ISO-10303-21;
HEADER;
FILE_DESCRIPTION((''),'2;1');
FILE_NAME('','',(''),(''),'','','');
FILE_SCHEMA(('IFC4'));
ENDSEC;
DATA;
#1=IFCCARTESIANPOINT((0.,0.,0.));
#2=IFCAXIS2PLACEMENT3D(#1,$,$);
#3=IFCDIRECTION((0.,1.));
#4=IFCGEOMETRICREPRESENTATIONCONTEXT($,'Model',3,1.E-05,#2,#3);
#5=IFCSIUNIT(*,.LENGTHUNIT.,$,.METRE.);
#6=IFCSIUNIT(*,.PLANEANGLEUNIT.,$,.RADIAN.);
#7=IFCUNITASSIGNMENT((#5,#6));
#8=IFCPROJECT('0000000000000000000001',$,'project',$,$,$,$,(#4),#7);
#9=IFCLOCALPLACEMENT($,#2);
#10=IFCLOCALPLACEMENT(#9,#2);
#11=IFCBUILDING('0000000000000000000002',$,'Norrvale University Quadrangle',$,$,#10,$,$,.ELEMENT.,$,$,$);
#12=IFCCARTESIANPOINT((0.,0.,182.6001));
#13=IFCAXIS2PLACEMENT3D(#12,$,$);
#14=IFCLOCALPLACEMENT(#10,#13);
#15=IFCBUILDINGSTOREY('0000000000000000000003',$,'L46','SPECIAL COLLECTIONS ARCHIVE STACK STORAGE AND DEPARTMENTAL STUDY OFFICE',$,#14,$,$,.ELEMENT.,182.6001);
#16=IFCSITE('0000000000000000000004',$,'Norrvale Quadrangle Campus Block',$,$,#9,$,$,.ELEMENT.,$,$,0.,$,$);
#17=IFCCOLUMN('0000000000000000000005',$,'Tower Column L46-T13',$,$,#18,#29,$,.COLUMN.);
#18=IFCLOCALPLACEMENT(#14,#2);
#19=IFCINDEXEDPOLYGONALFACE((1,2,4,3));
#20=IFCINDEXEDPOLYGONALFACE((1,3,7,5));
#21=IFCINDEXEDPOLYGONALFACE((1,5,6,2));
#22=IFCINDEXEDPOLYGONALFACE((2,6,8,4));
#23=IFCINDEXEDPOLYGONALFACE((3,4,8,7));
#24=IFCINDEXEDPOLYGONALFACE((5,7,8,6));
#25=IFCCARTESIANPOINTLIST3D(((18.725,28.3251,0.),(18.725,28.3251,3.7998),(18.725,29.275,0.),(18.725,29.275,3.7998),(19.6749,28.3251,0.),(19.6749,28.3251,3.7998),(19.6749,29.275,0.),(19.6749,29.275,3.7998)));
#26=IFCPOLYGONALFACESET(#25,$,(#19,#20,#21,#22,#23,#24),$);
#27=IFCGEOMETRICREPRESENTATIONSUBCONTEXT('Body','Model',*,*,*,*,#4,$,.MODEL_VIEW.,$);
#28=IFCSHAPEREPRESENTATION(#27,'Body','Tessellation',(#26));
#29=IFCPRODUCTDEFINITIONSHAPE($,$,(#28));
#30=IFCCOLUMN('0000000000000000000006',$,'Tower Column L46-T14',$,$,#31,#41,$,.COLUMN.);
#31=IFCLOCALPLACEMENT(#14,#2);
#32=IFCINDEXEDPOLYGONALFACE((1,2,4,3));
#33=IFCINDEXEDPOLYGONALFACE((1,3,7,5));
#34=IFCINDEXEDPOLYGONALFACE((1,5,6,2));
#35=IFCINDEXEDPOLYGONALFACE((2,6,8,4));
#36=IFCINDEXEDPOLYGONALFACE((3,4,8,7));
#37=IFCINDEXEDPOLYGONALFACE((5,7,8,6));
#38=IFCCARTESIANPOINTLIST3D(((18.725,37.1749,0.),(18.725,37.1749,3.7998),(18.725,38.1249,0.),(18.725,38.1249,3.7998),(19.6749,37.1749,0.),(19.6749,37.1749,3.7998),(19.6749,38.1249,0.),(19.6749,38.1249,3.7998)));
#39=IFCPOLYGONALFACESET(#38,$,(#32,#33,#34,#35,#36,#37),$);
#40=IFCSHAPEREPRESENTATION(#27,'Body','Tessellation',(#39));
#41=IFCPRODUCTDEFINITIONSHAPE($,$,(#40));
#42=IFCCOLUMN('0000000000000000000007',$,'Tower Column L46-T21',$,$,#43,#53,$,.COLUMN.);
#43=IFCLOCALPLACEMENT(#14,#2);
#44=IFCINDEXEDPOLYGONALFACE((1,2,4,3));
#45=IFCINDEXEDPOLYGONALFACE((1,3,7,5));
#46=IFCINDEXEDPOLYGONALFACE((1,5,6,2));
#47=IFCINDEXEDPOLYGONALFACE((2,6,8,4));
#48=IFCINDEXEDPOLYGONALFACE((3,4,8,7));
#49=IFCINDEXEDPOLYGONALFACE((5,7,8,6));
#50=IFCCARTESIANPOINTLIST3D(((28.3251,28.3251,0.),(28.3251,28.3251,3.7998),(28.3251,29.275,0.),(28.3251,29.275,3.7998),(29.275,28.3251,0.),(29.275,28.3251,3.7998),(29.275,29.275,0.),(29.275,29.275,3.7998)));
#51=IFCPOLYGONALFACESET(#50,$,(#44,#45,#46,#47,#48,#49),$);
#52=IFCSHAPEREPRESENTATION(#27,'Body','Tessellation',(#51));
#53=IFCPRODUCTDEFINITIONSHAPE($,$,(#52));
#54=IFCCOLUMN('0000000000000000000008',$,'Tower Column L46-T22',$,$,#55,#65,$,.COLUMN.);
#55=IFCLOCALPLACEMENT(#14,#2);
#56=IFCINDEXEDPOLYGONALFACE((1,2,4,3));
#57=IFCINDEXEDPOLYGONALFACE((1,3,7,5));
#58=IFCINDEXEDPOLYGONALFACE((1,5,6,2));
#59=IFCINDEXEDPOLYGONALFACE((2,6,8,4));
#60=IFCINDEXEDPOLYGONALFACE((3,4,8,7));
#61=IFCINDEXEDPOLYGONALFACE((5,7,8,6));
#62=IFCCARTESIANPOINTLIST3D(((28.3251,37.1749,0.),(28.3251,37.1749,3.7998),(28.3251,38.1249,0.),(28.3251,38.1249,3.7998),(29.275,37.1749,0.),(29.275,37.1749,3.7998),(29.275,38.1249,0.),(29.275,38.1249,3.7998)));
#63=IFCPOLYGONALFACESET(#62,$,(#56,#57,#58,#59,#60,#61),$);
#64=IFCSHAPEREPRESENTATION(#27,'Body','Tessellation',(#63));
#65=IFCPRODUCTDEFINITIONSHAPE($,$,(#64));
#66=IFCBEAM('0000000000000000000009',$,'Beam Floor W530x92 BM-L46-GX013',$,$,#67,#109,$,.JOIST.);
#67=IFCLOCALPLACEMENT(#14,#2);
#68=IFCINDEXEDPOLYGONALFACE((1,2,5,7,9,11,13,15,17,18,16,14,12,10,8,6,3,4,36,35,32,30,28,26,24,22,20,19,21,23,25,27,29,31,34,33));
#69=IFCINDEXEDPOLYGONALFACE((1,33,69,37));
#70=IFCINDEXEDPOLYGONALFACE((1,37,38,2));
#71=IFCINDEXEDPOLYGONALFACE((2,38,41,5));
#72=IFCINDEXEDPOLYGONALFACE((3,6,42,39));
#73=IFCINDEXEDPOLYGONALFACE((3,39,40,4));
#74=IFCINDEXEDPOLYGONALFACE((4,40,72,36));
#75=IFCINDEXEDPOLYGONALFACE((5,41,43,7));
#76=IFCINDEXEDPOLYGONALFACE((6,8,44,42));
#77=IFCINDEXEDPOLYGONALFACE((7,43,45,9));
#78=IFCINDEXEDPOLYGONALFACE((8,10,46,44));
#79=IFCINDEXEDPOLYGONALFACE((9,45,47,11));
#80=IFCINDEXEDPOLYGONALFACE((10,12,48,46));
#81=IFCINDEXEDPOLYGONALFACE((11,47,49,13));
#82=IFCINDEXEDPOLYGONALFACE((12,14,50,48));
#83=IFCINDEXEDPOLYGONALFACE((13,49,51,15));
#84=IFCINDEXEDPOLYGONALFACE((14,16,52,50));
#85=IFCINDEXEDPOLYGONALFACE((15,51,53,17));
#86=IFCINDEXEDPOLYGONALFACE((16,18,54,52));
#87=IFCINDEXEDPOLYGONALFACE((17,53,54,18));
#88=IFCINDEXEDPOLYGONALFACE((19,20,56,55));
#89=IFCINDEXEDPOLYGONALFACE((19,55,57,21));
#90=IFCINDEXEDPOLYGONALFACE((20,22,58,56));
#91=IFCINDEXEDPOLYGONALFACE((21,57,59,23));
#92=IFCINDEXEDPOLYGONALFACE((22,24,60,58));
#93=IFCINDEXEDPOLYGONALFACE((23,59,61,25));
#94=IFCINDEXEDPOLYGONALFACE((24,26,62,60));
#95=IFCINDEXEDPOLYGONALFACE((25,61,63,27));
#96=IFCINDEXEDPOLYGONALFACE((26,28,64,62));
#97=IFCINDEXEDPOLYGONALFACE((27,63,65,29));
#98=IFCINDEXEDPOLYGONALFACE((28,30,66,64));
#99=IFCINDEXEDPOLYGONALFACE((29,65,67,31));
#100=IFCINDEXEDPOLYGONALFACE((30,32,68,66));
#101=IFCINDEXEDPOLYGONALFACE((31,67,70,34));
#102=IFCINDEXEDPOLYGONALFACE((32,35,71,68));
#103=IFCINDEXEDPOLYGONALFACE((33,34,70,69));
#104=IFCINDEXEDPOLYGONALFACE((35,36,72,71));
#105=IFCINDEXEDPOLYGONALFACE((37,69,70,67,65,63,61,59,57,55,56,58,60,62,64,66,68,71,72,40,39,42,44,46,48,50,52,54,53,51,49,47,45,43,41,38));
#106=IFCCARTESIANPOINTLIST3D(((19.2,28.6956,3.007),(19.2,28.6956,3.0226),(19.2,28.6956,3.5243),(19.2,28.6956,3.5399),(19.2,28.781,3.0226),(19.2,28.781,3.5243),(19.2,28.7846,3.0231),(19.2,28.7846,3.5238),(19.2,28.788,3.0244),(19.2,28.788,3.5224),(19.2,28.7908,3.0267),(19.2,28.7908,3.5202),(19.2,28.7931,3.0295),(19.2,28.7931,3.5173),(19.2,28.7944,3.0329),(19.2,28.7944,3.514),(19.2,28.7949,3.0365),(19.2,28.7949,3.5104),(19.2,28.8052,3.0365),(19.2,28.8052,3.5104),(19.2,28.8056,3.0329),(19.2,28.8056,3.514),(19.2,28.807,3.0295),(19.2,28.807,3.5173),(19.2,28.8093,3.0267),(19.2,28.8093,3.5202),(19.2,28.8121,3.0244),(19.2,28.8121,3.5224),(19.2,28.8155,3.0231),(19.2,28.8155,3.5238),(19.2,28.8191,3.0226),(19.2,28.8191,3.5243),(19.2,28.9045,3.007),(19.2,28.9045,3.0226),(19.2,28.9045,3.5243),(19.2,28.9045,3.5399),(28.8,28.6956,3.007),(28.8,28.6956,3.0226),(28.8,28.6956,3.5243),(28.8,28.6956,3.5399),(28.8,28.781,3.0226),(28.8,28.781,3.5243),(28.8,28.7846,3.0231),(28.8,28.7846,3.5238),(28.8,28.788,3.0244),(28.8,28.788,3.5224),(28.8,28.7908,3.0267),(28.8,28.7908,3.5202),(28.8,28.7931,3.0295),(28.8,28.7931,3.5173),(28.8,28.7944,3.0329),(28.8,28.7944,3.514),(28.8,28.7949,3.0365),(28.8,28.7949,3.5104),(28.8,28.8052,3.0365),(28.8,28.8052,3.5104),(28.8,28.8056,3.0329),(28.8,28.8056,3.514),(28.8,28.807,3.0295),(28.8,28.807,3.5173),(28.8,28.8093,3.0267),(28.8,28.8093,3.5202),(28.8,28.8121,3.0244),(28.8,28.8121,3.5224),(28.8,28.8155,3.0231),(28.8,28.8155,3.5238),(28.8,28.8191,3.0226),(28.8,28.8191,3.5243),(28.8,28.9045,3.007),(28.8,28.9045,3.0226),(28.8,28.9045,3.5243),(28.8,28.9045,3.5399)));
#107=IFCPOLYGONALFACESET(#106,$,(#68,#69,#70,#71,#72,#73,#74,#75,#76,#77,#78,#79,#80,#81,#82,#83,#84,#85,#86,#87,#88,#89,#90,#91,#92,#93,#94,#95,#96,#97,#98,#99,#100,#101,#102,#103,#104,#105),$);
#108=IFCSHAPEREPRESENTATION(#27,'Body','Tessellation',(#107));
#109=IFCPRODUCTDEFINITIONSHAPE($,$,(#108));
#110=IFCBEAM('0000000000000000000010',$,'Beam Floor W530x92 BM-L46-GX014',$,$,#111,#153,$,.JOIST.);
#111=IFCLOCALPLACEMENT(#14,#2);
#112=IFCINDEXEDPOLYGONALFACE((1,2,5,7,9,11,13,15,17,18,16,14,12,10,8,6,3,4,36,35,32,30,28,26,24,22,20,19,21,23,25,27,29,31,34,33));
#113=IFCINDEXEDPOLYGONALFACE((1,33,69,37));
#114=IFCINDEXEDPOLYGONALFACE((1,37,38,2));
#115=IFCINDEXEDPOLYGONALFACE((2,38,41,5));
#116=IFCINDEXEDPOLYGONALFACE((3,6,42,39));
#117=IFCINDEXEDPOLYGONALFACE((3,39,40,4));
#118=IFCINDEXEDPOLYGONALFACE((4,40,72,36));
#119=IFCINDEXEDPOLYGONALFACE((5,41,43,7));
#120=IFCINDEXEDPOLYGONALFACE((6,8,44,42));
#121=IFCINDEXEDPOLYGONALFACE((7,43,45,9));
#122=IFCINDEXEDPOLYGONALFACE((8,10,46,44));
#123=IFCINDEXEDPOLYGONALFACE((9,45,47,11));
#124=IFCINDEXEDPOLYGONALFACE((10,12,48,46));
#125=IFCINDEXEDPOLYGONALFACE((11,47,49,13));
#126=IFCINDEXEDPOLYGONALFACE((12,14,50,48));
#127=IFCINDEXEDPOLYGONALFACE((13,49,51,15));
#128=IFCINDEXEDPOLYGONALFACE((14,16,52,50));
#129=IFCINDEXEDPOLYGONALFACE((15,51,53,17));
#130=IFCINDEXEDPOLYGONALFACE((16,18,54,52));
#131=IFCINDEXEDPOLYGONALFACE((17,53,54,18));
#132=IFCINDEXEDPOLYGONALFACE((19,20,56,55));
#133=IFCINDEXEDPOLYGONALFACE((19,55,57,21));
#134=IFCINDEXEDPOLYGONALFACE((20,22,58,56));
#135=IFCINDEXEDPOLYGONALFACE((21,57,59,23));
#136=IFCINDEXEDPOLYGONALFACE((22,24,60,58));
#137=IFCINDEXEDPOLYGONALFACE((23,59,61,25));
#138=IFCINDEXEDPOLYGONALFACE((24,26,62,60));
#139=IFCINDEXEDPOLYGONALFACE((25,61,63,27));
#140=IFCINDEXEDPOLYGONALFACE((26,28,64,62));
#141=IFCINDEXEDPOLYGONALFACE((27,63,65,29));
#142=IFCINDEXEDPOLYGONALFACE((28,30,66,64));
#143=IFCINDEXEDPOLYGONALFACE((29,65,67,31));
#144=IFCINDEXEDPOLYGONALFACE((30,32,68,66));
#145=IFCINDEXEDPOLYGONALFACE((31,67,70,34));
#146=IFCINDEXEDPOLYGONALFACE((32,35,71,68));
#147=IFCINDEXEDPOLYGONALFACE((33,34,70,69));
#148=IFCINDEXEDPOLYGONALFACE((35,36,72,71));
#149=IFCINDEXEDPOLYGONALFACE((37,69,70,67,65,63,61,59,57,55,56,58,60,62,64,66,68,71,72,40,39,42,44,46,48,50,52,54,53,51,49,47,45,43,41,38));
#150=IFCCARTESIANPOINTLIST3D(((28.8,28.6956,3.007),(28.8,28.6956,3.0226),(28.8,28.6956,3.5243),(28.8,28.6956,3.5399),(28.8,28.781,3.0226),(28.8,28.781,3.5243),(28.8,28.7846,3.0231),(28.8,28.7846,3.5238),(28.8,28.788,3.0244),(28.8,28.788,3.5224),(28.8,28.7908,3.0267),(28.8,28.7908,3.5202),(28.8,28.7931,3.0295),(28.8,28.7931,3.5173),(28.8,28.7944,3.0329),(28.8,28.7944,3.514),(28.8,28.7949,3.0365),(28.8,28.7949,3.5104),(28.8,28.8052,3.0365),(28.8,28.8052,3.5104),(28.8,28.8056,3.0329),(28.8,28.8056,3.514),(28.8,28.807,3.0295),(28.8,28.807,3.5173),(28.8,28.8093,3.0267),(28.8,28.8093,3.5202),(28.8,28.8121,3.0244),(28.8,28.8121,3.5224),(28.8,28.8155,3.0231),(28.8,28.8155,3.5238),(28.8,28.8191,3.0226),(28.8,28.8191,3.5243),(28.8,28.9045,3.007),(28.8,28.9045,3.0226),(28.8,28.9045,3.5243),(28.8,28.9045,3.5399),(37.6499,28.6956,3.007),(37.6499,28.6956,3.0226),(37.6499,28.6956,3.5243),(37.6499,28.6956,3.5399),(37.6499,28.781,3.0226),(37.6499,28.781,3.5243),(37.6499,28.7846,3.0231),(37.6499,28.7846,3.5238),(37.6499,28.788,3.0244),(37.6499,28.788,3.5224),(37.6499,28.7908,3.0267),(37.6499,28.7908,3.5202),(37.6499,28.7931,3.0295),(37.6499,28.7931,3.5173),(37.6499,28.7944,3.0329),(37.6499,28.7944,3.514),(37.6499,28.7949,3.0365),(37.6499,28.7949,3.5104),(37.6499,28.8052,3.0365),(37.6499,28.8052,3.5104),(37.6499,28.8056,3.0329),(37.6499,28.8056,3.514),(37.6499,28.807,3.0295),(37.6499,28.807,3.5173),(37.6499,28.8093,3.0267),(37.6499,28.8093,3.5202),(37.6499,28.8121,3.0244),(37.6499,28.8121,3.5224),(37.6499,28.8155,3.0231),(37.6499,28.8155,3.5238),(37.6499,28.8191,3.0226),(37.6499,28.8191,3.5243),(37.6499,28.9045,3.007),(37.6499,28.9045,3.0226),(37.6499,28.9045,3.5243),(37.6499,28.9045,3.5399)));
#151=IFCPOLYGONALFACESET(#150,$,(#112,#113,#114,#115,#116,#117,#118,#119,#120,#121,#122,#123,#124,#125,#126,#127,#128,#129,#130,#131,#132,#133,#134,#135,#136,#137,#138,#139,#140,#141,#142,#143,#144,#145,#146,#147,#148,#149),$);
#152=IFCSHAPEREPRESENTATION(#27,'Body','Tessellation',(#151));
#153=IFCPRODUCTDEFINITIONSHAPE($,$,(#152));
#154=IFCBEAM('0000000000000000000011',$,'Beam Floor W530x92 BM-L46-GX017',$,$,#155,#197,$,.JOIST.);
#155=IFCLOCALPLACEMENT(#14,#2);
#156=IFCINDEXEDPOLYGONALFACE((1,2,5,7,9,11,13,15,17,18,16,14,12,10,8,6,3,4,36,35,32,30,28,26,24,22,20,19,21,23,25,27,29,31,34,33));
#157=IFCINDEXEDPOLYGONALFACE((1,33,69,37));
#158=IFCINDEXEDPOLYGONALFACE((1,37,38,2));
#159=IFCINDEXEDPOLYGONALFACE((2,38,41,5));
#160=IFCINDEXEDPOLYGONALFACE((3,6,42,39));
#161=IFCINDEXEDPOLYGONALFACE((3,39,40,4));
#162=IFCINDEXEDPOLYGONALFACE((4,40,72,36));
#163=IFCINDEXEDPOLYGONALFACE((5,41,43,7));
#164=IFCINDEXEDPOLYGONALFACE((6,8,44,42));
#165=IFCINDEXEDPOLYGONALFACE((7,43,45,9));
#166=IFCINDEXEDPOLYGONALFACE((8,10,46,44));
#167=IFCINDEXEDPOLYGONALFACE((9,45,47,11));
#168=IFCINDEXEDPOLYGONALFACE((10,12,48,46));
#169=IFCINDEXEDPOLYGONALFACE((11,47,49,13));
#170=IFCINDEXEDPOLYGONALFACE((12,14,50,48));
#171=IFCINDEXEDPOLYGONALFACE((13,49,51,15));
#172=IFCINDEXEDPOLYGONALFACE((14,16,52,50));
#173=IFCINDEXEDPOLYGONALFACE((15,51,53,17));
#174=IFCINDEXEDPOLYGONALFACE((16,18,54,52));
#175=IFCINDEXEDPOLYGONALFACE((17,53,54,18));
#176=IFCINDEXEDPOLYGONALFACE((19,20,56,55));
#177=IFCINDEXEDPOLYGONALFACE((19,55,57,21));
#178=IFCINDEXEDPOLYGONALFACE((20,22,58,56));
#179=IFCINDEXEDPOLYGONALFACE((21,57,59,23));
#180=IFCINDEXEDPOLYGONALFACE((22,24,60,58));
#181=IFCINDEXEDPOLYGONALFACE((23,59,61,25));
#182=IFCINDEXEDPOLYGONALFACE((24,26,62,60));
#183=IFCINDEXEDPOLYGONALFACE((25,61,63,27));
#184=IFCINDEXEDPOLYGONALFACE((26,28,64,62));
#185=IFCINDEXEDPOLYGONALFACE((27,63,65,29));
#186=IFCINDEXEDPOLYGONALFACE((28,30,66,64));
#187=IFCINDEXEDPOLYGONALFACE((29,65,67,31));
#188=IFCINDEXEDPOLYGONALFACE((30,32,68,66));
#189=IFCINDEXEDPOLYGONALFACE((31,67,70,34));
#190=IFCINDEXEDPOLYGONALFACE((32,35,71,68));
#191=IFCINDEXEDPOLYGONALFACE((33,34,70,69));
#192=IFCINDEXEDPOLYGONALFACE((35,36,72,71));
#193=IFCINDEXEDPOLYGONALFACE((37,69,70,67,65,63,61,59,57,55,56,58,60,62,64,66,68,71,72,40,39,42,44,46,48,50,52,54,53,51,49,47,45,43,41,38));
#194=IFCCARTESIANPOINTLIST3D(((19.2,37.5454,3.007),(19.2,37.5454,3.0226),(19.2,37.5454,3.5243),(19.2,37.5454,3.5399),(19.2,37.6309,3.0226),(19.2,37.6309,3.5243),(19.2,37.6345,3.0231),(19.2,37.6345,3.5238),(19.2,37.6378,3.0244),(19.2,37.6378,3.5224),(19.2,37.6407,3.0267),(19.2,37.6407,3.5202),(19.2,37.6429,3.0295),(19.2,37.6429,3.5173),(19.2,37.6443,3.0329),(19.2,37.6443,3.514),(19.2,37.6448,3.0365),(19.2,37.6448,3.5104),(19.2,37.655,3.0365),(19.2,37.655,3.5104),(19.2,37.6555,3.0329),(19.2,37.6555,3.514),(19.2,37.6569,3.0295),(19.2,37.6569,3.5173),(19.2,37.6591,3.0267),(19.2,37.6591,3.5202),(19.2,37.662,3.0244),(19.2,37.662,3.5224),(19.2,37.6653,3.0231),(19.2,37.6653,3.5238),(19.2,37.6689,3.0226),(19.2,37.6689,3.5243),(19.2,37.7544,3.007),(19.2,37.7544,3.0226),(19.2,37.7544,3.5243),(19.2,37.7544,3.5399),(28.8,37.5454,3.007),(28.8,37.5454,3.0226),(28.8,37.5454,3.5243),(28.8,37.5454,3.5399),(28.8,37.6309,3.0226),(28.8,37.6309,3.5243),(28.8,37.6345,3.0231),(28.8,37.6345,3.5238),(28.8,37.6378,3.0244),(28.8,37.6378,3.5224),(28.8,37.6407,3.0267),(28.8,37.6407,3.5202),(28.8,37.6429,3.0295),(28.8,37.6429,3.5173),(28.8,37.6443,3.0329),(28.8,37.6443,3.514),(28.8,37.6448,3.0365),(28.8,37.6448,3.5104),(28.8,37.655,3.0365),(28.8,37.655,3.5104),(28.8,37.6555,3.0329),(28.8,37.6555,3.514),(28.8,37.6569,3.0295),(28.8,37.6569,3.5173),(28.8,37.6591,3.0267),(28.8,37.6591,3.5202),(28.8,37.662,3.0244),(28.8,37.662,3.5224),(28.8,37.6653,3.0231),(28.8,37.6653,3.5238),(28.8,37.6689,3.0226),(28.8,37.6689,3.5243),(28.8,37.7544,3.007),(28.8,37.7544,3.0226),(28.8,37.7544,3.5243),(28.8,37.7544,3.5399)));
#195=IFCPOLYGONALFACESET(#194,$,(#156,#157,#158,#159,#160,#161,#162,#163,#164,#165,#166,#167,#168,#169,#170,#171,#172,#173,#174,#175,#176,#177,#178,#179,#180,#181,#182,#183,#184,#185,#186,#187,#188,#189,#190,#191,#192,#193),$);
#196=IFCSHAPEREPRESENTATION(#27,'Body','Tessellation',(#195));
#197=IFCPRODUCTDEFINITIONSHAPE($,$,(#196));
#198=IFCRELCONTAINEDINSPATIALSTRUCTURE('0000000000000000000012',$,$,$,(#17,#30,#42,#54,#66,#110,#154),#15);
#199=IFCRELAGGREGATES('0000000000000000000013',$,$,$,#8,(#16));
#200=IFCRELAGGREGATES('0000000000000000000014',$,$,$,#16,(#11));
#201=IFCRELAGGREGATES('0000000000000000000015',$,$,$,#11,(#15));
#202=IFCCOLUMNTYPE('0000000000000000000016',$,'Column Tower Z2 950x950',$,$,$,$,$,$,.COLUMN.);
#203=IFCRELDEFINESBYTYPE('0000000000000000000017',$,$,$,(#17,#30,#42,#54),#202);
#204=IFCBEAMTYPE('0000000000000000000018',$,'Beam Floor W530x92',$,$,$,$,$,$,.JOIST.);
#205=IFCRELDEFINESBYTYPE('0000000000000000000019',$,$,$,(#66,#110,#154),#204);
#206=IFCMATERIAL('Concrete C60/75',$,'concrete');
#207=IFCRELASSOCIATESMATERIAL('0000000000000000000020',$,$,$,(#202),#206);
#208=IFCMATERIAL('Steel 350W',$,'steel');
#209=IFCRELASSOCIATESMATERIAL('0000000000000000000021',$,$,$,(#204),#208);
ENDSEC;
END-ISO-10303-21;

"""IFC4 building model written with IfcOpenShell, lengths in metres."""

from ifc_helpers import new_model, si_unit, direction, frame, origin, origin_2d, place, context, subcontext, project, spatial, rectangle, i_section, extrude, material, material_profile, profile_set, type_object, element, save


model = new_model("IFC4")

# Units and contexts
model_context = context("Model", 3, precision=1e-05, world=origin(), true_north=direction((0.0, 1.0)))
body_context = subcontext(model_context, "Body", "Model", "MODEL_VIEW")
ifc_project = project(units=[si_unit("LENGTHUNIT", "METRE"), si_unit("PLANEANGLEUNIT", "RADIAN")], contexts=[model_context])

# Site, building, storey
site_placement = place(None, origin())
site = spatial("IfcSite", under=ifc_project, at=site_placement, Name="Norrvale Quadrangle Campus Block", CompositionType="ELEMENT", RefElevation=0.0)
building_placement = place(site_placement, origin())
building = spatial("IfcBuilding", under=site, at=building_placement, Name="Norrvale University Quadrangle", CompositionType="ELEMENT")
storey_placement = place(building_placement, frame((0.0, 0.0, 182.6001)))
storey = spatial("IfcBuildingStorey", under=building, at=storey_placement, Name="L46", Description="SPECIAL COLLECTIONS ARCHIVE STACK STORAGE AND DEPARTMENTAL STUDY OFFICE", CompositionType="ELEMENT", Elevation=182.6001)

# Columns
ifc_material_1 = material(Name="Concrete C60/75", Category="concrete")
ifc_material_profile_1 = material_profile(ifc_material_1, rectangle(XDim=0.95, YDim=0.95, at=origin_2d()), Name="Concrete C60/75")
ifc_profile_set_1 = profile_set([ifc_material_profile_1], Name="Concrete C60/75")
column_type = type_object("IfcColumnType", Name="Column Tower Z2 950x950", PredefinedType="COLUMN", material=ifc_profile_set_1)
for number, where, z_axis, x_axis, name in (
    (1, (19.2, 28.8, 0.0), (0.0, 0.0, 1.0), (1.0, 0.0, 0.0), "Tower Column L46-T13"),
    (2, (19.2, 37.6499, 0.0), (0.0, 0.0, 1.0), (1.0, 0.0, 0.0), "Tower Column L46-T14"),
    (3, (28.8, 28.8, 0.0), (0.0, 0.0, 1.0), (1.0, 0.0, 0.0), "Tower Column L46-T21"),
    (4, (28.8, 37.6499, 0.0), (0.0, 0.0, 1.0), (1.0, 0.0, 0.0), "Tower Column L46-T22"),
):
    element("IfcColumn", number, at=place(storey_placement, frame(where, z_axis=z_axis, x_axis=x_axis)), inside=storey, type_object=column_type, Name=name, PredefinedType="COLUMN", context=body_context, shape_type="SweptSolid", body=[
        extrude(rectangle(XDim=0.95, YDim=0.95, at=origin_2d()), origin(), (0.0, 0.0, 1.0), 3.7998),
    ])

# Beams
ifc_material_2 = material(Name="Steel 350W", Category="steel")
ifc_material_profile_2 = material_profile(ifc_material_2, i_section(OverallWidth=0.209, OverallDepth=0.533, WebThickness=0.0103, FlangeThickness=0.0156, FilletRadius=0.0139, at=origin_2d()), Name="Steel 350W")
ifc_profile_set_2 = profile_set([ifc_material_profile_2], Name="Steel 350W")
beam_type_1 = type_object("IfcBeamType", Name="Beam Floor W530x92", PredefinedType="JOIST", material=ifc_profile_set_2)
beam_1_placement = place(storey_placement, frame((19.2, 28.8, 3.2734), z_axis=(1.0, 0.0, 0.0), x_axis=(0.0, 1.0, 0.0)))
element("IfcBeam", 5, at=beam_1_placement, inside=storey, type_object=beam_type_1, Name="Beam Floor W530x92 BM-L46-GX013", PredefinedType="JOIST", context=body_context, shape_type="SweptSolid", body=[
    extrude(i_section(OverallWidth=0.209, OverallDepth=0.533, WebThickness=0.0103, FlangeThickness=0.0156, FilletRadius=0.0139, at=origin_2d()), origin(), (0.0, 0.0, 1.0), 9.6001),
])
beam_2_placement = place(storey_placement, frame((28.8, 28.8, 3.2734), z_axis=(1.0, 0.0, 0.0), x_axis=(0.0, 1.0, 0.0)))
element("IfcBeam", 6, at=beam_2_placement, inside=storey, type_object=beam_type_1, Name="Beam Floor W530x92 BM-L46-GX014", PredefinedType="JOIST", context=body_context, shape_type="SweptSolid", body=[
    extrude(i_section(OverallWidth=0.209, OverallDepth=0.533, WebThickness=0.0103, FlangeThickness=0.0156, FilletRadius=0.0139, at=origin_2d()), origin(), (0.0, 0.0, 1.0), 8.8499),
])
beam_3_placement = place(storey_placement, frame((19.2, 37.6499, 3.2734), z_axis=(1.0, 0.0, 0.0), x_axis=(0.0, 1.0, 0.0)))
element("IfcBeam", 7, at=beam_3_placement, inside=storey, type_object=beam_type_1, Name="Beam Floor W530x92 BM-L46-GX017", PredefinedType="JOIST", context=body_context, shape_type="SweptSolid", body=[
    extrude(i_section(OverallWidth=0.209, OverallDepth=0.533, WebThickness=0.0103, FlangeThickness=0.0156, FilletRadius=0.0139, at=origin_2d()), origin(), (0.0, 0.0, 1.0), 9.6001),
])

save(model, "model.ifc")
